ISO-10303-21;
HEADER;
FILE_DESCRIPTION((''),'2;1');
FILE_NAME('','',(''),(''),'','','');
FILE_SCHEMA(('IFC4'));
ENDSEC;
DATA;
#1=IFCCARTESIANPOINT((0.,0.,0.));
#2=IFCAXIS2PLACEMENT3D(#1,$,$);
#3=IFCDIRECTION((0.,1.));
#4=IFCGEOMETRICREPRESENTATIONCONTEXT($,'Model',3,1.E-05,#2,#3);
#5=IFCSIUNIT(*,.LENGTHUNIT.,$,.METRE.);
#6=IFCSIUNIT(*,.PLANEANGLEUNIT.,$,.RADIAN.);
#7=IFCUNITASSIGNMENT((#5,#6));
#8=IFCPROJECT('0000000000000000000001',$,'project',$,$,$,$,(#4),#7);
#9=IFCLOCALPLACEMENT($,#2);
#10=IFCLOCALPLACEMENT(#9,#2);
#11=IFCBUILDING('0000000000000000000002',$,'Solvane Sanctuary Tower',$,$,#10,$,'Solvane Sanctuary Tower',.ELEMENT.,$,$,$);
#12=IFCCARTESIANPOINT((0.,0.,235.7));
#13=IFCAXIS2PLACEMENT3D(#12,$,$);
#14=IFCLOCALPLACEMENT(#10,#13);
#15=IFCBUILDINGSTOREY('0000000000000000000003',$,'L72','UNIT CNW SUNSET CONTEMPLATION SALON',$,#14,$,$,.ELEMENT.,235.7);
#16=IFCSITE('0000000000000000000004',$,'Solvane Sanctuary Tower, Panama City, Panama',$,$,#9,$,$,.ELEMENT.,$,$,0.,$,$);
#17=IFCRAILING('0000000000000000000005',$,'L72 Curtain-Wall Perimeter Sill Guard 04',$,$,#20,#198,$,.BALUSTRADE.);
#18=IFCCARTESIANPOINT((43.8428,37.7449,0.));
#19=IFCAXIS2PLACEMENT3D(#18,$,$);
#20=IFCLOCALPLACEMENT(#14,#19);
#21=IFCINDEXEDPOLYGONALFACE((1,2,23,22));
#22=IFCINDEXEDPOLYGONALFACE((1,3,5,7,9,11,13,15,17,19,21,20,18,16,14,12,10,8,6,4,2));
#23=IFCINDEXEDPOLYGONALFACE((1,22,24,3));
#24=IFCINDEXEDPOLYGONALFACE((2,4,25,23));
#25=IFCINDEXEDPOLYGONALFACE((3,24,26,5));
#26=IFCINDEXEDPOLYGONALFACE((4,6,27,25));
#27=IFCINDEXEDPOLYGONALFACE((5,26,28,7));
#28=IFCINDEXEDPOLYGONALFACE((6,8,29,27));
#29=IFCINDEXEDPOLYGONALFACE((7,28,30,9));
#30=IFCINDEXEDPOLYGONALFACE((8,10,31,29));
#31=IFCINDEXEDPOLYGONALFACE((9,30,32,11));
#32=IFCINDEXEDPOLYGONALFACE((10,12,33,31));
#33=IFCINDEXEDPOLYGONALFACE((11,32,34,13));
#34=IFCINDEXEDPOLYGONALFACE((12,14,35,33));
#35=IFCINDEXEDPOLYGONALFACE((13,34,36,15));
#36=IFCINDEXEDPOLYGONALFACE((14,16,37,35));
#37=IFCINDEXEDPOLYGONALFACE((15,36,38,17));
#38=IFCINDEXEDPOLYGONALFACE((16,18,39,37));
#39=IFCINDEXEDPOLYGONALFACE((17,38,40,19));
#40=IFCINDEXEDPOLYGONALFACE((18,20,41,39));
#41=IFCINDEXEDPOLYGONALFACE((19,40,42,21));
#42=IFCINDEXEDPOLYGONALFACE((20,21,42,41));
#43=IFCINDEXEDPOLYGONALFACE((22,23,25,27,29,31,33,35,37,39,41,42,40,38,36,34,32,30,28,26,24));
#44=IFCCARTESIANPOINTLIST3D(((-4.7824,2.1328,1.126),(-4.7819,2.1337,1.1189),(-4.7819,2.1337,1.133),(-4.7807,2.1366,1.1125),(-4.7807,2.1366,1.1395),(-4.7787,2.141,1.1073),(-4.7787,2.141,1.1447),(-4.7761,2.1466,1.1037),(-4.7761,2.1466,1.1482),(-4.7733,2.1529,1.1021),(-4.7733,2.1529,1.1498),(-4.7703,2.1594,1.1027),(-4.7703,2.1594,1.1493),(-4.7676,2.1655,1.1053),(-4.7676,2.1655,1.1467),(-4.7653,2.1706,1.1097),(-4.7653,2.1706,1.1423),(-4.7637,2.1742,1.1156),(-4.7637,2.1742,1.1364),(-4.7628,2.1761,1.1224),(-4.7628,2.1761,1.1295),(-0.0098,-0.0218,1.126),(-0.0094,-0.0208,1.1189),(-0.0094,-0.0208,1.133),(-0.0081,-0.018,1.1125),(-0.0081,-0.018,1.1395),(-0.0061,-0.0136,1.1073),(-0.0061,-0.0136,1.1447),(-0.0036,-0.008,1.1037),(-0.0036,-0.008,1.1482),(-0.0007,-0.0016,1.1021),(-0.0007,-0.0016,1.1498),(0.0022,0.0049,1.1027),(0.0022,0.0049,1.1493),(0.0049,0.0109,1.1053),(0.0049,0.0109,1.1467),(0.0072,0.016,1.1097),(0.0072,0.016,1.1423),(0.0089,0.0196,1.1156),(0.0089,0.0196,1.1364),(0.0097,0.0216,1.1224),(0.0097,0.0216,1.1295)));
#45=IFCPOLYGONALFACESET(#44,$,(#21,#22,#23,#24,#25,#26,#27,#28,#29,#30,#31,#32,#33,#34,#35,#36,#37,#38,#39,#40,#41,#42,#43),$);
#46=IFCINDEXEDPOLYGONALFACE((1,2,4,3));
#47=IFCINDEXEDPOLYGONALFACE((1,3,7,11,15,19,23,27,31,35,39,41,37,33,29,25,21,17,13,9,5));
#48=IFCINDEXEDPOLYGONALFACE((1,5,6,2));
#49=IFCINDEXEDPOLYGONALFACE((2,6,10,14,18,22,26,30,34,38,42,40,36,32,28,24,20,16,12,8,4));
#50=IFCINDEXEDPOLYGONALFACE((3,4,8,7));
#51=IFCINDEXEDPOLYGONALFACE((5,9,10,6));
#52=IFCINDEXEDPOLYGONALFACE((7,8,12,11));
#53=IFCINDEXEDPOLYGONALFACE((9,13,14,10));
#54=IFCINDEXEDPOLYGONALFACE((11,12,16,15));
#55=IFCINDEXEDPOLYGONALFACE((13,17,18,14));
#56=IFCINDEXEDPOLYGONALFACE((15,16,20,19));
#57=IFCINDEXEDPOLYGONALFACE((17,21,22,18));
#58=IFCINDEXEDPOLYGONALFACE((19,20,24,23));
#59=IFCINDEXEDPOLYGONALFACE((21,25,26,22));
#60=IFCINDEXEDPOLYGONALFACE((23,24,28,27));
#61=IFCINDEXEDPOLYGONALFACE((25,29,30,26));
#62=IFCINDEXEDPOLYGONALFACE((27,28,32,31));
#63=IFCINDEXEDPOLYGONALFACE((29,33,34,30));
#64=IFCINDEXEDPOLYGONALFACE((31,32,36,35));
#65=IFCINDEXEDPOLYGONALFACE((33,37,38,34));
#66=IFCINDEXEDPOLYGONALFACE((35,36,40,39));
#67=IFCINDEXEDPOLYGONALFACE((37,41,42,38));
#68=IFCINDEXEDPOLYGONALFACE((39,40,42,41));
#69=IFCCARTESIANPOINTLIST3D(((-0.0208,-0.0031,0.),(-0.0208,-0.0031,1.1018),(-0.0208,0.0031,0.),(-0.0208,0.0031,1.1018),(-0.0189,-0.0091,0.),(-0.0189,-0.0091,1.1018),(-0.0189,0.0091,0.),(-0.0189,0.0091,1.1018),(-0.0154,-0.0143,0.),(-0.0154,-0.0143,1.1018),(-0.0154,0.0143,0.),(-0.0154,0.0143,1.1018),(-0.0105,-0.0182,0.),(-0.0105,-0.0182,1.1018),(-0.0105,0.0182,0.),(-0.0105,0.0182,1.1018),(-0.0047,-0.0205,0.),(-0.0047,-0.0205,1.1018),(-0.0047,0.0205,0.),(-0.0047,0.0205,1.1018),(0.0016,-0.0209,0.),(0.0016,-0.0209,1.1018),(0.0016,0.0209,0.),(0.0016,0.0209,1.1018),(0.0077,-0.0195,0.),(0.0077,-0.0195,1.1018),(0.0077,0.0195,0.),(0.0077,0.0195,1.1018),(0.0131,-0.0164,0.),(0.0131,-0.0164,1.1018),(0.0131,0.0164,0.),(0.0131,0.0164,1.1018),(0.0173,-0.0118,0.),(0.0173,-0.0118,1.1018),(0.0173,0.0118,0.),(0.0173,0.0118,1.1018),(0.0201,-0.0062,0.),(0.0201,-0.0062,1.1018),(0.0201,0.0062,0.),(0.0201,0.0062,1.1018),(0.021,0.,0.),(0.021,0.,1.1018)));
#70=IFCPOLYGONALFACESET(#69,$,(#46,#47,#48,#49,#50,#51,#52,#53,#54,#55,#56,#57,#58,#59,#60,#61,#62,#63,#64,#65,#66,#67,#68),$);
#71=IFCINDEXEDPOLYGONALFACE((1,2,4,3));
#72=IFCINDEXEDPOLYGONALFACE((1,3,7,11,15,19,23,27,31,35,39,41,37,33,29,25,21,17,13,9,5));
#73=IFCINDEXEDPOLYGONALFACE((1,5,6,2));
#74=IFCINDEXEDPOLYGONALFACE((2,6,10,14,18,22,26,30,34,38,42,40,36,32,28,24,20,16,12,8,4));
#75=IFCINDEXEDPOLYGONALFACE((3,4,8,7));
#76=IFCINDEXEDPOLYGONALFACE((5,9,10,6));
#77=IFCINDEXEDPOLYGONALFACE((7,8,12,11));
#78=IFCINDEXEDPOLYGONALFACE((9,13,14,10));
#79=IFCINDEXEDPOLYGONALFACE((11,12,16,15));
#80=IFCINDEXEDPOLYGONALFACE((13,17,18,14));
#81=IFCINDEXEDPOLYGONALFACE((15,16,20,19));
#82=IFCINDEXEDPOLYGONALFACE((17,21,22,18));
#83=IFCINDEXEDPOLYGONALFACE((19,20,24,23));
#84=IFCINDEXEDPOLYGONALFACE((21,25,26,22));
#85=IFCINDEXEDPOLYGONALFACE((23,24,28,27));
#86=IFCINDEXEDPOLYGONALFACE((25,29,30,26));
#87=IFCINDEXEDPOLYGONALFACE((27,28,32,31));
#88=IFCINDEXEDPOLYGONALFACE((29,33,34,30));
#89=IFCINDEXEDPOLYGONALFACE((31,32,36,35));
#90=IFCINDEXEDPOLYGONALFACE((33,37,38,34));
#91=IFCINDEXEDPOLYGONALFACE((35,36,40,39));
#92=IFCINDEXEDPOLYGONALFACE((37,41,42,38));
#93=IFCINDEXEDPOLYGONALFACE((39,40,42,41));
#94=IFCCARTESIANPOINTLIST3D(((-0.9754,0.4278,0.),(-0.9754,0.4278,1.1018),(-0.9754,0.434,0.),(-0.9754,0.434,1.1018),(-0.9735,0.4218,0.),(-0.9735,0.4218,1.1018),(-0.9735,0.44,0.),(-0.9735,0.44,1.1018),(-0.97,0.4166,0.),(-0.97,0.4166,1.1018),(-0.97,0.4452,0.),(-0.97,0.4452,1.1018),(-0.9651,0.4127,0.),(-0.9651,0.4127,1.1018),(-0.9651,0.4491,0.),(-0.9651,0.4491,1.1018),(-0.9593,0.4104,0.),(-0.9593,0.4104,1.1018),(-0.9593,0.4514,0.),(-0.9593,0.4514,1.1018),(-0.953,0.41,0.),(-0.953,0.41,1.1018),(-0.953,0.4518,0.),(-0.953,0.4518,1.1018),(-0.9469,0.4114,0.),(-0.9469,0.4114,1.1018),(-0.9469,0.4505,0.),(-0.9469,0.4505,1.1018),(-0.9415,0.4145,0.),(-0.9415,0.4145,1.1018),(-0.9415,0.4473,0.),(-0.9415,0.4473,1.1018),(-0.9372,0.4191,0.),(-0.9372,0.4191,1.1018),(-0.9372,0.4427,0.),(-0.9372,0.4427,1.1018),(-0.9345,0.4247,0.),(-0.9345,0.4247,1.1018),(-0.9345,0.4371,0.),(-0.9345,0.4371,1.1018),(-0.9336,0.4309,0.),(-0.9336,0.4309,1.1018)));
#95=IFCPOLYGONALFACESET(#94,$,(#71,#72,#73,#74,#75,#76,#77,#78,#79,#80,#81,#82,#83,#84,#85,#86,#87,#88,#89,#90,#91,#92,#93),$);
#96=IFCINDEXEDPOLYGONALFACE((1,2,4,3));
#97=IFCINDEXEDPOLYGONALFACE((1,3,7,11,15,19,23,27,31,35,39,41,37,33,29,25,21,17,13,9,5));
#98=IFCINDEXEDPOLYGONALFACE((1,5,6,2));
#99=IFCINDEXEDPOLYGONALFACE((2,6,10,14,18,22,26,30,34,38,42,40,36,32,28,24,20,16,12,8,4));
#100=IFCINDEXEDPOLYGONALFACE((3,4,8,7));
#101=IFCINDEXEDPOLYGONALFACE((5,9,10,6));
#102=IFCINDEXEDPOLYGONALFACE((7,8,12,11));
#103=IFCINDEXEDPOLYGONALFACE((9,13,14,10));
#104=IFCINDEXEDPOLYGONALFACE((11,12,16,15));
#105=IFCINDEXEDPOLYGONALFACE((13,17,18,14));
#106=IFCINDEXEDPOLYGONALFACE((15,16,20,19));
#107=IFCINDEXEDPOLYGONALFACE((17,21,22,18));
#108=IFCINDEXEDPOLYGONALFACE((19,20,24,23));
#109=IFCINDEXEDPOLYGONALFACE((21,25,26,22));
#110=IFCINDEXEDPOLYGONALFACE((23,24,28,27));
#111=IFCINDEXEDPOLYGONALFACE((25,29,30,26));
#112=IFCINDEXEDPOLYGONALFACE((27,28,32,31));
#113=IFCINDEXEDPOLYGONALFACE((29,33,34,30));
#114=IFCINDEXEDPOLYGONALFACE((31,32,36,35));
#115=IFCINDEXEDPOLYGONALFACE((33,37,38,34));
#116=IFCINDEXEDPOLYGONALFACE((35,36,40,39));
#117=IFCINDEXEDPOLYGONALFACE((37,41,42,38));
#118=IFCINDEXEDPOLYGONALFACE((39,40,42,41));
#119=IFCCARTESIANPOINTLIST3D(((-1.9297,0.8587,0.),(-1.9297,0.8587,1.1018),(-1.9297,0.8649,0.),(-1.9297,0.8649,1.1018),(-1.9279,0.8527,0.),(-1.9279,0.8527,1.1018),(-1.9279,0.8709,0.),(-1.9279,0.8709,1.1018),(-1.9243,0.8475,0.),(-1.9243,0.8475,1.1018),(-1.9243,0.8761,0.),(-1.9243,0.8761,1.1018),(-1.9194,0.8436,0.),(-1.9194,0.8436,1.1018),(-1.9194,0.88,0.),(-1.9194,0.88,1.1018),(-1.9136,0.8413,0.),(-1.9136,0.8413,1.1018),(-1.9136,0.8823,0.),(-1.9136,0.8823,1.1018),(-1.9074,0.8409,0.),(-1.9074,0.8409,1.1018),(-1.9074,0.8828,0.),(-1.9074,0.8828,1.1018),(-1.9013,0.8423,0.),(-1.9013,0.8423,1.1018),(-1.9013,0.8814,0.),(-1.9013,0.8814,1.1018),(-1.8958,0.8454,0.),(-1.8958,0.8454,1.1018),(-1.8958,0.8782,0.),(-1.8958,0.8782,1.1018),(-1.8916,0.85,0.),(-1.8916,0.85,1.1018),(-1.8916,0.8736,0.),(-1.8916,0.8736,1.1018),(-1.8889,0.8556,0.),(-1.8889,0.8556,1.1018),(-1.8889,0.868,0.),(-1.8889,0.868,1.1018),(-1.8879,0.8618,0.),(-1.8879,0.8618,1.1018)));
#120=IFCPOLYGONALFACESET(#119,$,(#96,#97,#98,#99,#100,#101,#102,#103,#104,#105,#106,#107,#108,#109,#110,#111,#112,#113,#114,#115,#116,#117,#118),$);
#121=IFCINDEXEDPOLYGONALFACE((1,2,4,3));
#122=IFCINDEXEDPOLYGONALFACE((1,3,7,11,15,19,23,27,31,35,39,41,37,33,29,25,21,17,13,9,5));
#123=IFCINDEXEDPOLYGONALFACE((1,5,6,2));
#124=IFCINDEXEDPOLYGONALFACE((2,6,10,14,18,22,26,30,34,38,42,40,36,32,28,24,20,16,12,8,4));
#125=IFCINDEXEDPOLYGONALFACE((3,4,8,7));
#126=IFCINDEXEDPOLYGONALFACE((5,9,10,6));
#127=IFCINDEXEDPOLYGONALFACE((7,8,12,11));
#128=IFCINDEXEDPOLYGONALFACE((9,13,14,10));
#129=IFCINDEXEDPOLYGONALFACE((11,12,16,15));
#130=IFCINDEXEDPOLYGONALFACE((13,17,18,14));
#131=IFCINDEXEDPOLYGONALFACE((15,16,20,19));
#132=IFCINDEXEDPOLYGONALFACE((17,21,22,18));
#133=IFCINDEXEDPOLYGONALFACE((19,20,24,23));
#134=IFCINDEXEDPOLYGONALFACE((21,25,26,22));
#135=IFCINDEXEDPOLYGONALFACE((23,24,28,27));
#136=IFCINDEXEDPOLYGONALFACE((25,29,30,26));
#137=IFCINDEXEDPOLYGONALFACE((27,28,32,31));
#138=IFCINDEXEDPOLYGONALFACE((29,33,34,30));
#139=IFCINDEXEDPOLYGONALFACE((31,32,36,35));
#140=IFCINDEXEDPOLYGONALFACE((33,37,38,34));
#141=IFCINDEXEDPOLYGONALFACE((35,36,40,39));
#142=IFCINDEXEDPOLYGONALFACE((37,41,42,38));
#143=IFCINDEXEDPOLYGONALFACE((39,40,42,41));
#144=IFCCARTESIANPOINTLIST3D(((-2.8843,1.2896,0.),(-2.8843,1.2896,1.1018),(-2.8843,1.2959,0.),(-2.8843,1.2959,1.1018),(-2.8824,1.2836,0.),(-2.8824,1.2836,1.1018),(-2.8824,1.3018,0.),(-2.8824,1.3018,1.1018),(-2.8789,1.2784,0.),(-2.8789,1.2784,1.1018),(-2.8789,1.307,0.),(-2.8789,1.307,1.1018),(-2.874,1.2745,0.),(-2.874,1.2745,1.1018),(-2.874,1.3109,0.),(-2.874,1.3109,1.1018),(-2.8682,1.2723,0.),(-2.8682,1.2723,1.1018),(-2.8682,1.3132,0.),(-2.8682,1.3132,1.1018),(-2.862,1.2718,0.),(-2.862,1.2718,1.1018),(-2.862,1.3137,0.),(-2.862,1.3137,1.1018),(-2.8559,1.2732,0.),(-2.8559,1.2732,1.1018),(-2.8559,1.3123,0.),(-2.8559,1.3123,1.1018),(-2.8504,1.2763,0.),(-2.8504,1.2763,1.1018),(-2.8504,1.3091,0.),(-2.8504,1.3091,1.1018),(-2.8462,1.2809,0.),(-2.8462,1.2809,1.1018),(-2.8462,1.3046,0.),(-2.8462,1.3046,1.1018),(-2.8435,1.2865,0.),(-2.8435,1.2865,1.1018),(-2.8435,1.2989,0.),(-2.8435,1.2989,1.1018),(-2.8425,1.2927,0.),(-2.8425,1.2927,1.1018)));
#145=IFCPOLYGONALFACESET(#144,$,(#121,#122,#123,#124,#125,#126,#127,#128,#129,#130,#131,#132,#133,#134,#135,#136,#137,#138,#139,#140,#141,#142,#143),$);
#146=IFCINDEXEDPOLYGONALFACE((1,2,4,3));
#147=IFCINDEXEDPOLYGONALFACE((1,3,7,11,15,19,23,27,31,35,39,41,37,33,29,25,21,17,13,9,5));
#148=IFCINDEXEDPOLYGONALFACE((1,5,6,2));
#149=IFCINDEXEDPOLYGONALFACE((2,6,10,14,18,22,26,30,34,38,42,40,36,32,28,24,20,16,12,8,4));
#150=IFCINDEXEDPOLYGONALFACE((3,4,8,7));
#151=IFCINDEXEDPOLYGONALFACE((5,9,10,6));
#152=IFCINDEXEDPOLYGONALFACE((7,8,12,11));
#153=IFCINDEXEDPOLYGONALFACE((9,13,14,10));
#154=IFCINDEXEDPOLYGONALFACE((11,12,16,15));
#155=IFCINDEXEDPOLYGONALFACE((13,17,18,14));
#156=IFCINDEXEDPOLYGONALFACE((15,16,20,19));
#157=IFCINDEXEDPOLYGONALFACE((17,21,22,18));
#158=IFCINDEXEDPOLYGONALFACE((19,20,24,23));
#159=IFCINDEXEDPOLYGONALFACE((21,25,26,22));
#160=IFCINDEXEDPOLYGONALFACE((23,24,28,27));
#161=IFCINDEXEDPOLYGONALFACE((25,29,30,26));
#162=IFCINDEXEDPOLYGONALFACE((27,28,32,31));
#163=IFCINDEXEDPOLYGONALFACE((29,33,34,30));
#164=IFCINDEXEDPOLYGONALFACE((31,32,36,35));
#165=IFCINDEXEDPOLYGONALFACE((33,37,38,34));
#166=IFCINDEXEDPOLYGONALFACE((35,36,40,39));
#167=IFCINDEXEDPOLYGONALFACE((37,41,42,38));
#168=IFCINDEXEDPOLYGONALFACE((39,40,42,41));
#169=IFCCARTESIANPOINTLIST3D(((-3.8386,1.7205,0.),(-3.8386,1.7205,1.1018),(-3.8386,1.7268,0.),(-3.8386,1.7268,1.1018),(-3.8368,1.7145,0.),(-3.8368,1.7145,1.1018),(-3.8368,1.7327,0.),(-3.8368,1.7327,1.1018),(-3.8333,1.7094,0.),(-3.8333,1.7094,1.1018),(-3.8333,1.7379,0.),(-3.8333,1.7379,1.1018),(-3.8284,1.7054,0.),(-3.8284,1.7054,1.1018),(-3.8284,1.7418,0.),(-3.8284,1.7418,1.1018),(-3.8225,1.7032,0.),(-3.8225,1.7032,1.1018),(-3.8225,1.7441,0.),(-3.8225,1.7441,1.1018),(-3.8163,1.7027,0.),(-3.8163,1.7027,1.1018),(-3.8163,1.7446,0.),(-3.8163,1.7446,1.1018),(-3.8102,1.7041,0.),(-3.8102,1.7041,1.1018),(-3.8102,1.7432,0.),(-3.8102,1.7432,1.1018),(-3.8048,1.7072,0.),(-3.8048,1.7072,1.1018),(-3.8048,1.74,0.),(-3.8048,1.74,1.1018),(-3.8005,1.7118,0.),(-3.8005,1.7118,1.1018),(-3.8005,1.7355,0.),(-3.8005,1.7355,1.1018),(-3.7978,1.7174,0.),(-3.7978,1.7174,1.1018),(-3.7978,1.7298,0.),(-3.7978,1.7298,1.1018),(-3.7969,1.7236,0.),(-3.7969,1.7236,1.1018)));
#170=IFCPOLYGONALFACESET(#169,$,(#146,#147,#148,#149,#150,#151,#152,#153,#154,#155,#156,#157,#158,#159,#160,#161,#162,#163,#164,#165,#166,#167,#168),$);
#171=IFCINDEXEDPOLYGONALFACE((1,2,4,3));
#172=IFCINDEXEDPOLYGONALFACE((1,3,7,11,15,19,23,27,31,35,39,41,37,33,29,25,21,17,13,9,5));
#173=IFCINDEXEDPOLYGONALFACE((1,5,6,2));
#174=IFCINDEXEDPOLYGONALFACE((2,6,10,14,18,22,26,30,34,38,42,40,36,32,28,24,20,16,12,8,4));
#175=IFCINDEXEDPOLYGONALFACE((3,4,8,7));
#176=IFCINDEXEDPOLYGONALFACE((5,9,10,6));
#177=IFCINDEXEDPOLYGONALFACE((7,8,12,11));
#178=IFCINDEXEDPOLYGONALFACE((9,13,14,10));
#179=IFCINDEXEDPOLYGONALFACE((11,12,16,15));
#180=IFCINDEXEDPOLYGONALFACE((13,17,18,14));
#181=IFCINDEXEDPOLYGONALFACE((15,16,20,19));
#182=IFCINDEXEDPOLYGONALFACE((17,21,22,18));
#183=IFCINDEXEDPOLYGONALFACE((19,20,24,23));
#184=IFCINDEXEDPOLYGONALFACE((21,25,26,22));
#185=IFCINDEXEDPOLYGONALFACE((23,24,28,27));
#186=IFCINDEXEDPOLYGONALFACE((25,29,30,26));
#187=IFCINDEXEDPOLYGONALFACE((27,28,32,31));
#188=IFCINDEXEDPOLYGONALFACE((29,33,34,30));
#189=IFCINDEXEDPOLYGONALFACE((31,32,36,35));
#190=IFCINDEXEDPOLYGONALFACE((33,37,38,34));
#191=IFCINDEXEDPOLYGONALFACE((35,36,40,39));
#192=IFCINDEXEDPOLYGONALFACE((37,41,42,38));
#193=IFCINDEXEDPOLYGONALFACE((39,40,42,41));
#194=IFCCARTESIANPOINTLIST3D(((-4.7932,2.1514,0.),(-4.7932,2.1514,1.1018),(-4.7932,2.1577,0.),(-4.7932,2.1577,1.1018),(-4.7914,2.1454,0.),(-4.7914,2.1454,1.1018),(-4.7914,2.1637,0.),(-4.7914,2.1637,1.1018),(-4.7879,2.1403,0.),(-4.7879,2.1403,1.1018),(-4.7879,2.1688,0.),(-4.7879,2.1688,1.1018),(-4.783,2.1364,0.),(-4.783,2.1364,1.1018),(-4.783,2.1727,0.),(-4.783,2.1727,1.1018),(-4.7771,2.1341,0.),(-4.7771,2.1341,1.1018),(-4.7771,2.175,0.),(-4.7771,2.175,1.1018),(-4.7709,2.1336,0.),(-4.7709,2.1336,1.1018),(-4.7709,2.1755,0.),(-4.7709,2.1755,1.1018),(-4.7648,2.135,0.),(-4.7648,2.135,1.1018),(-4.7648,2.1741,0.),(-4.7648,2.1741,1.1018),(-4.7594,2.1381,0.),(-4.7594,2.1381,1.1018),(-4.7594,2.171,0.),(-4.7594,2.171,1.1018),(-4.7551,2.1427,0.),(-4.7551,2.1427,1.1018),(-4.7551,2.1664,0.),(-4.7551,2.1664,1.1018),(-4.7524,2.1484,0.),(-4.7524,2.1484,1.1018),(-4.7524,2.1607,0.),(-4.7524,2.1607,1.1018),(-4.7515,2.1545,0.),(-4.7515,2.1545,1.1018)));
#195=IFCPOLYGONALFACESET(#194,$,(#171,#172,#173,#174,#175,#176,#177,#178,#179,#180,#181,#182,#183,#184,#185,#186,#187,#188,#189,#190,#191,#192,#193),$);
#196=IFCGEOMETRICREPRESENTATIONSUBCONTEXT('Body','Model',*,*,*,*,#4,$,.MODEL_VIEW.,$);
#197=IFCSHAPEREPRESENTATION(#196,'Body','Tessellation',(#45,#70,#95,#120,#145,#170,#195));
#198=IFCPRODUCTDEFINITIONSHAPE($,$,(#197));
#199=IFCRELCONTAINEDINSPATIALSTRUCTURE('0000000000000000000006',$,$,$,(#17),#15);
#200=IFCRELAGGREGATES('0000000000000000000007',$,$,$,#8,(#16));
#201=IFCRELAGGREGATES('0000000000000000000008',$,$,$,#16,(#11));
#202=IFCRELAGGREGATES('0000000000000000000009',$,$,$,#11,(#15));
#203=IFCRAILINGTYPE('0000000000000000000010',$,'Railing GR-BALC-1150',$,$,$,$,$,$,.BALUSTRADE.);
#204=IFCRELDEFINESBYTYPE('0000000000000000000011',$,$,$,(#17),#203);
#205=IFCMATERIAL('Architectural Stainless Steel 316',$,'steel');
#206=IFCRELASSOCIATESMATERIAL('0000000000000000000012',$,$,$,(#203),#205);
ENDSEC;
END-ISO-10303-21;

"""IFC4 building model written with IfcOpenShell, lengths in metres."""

from ifc_helpers import new_model, si_unit, direction, frame, origin, origin_2d, place, context, subcontext, project, spatial, circle, extrude, material, type_object, element, save


model = new_model("IFC4")

# Units and contexts
model_context = context("Model", 3, precision=1e-05, world=origin(), true_north=direction((0.0, 1.0)))
body_context = subcontext(model_context, "Body", "Model", "MODEL_VIEW")
ifc_project = project(units=[si_unit("LENGTHUNIT", "METRE"), si_unit("PLANEANGLEUNIT", "RADIAN")], contexts=[model_context])

# Site, building, storey
site_placement = place(None, origin())
site = spatial("IfcSite", under=ifc_project, at=site_placement, Name="Solvane Sanctuary Tower, Panama City, Panama", CompositionType="ELEMENT", RefElevation=0.0)
building_placement = place(site_placement, origin())
building = spatial("IfcBuilding", under=site, at=building_placement, Name="Solvane Sanctuary Tower", LongName="Solvane Sanctuary Tower", CompositionType="ELEMENT")
storey_placement = place(building_placement, frame((0.0, 0.0, 235.7)))
storey = spatial("IfcBuildingStorey", under=building, at=storey_placement, Name="L72", Description="UNIT CNW SUNSET CONTEMPLATION SALON", CompositionType="ELEMENT", Elevation=235.7)

# Railing
ifc_material_1 = material(Name="Architectural Stainless Steel 316", Category="steel")
railing_type = type_object("IfcRailingType", Name="Railing GR-BALC-1150", PredefinedType="BALUSTRADE", material=ifc_material_1)
railing_placement = place(storey_placement, frame((43.8428, 37.7449, 0.0)))
element("IfcRailing", 1, at=railing_placement, inside=storey, type_object=railing_type, Name="L72 Curtain-Wall Perimeter Sill Guard 04", PredefinedType="BALUSTRADE", context=body_context, shape_type="SweptSolid", body=[
    extrude(circle(Radius=0.0239, at=origin_2d()), frame((0.0, 0.0, 1.126), z_axis=(-0.911425, 0.411466, 0.0), x_axis=(-0.411466, -0.911425, 0.0)), (0.0, 0.0, 1.0), 5.2363),
    extrude(circle(Radius=0.021, at=origin_2d()), origin(), (0.0, 0.0, 1.0), 1.1018),
    extrude(circle(Radius=0.021, at=origin_2d()), frame((-0.9546, 0.4309, 0.0)), (0.0, 0.0, 1.0), 1.1018),
    extrude(circle(Radius=0.021, at=origin_2d()), frame((-1.9089, 0.8618, 0.0)), (0.0, 0.0, 1.0), 1.1018),
    extrude(circle(Radius=0.021, at=origin_2d()), frame((-2.8635, 1.2927, 0.0)), (0.0, 0.0, 1.0), 1.1018),
    extrude(circle(Radius=0.021, at=origin_2d()), frame((-3.8179, 1.7236, 0.0)), (0.0, 0.0, 1.0), 1.1018),
    extrude(circle(Radius=0.021, at=origin_2d()), frame((-4.7725, 2.1545, 0.0)), (0.0, 0.0, 1.0), 1.1018),
])

save(model, "model.ifc")
